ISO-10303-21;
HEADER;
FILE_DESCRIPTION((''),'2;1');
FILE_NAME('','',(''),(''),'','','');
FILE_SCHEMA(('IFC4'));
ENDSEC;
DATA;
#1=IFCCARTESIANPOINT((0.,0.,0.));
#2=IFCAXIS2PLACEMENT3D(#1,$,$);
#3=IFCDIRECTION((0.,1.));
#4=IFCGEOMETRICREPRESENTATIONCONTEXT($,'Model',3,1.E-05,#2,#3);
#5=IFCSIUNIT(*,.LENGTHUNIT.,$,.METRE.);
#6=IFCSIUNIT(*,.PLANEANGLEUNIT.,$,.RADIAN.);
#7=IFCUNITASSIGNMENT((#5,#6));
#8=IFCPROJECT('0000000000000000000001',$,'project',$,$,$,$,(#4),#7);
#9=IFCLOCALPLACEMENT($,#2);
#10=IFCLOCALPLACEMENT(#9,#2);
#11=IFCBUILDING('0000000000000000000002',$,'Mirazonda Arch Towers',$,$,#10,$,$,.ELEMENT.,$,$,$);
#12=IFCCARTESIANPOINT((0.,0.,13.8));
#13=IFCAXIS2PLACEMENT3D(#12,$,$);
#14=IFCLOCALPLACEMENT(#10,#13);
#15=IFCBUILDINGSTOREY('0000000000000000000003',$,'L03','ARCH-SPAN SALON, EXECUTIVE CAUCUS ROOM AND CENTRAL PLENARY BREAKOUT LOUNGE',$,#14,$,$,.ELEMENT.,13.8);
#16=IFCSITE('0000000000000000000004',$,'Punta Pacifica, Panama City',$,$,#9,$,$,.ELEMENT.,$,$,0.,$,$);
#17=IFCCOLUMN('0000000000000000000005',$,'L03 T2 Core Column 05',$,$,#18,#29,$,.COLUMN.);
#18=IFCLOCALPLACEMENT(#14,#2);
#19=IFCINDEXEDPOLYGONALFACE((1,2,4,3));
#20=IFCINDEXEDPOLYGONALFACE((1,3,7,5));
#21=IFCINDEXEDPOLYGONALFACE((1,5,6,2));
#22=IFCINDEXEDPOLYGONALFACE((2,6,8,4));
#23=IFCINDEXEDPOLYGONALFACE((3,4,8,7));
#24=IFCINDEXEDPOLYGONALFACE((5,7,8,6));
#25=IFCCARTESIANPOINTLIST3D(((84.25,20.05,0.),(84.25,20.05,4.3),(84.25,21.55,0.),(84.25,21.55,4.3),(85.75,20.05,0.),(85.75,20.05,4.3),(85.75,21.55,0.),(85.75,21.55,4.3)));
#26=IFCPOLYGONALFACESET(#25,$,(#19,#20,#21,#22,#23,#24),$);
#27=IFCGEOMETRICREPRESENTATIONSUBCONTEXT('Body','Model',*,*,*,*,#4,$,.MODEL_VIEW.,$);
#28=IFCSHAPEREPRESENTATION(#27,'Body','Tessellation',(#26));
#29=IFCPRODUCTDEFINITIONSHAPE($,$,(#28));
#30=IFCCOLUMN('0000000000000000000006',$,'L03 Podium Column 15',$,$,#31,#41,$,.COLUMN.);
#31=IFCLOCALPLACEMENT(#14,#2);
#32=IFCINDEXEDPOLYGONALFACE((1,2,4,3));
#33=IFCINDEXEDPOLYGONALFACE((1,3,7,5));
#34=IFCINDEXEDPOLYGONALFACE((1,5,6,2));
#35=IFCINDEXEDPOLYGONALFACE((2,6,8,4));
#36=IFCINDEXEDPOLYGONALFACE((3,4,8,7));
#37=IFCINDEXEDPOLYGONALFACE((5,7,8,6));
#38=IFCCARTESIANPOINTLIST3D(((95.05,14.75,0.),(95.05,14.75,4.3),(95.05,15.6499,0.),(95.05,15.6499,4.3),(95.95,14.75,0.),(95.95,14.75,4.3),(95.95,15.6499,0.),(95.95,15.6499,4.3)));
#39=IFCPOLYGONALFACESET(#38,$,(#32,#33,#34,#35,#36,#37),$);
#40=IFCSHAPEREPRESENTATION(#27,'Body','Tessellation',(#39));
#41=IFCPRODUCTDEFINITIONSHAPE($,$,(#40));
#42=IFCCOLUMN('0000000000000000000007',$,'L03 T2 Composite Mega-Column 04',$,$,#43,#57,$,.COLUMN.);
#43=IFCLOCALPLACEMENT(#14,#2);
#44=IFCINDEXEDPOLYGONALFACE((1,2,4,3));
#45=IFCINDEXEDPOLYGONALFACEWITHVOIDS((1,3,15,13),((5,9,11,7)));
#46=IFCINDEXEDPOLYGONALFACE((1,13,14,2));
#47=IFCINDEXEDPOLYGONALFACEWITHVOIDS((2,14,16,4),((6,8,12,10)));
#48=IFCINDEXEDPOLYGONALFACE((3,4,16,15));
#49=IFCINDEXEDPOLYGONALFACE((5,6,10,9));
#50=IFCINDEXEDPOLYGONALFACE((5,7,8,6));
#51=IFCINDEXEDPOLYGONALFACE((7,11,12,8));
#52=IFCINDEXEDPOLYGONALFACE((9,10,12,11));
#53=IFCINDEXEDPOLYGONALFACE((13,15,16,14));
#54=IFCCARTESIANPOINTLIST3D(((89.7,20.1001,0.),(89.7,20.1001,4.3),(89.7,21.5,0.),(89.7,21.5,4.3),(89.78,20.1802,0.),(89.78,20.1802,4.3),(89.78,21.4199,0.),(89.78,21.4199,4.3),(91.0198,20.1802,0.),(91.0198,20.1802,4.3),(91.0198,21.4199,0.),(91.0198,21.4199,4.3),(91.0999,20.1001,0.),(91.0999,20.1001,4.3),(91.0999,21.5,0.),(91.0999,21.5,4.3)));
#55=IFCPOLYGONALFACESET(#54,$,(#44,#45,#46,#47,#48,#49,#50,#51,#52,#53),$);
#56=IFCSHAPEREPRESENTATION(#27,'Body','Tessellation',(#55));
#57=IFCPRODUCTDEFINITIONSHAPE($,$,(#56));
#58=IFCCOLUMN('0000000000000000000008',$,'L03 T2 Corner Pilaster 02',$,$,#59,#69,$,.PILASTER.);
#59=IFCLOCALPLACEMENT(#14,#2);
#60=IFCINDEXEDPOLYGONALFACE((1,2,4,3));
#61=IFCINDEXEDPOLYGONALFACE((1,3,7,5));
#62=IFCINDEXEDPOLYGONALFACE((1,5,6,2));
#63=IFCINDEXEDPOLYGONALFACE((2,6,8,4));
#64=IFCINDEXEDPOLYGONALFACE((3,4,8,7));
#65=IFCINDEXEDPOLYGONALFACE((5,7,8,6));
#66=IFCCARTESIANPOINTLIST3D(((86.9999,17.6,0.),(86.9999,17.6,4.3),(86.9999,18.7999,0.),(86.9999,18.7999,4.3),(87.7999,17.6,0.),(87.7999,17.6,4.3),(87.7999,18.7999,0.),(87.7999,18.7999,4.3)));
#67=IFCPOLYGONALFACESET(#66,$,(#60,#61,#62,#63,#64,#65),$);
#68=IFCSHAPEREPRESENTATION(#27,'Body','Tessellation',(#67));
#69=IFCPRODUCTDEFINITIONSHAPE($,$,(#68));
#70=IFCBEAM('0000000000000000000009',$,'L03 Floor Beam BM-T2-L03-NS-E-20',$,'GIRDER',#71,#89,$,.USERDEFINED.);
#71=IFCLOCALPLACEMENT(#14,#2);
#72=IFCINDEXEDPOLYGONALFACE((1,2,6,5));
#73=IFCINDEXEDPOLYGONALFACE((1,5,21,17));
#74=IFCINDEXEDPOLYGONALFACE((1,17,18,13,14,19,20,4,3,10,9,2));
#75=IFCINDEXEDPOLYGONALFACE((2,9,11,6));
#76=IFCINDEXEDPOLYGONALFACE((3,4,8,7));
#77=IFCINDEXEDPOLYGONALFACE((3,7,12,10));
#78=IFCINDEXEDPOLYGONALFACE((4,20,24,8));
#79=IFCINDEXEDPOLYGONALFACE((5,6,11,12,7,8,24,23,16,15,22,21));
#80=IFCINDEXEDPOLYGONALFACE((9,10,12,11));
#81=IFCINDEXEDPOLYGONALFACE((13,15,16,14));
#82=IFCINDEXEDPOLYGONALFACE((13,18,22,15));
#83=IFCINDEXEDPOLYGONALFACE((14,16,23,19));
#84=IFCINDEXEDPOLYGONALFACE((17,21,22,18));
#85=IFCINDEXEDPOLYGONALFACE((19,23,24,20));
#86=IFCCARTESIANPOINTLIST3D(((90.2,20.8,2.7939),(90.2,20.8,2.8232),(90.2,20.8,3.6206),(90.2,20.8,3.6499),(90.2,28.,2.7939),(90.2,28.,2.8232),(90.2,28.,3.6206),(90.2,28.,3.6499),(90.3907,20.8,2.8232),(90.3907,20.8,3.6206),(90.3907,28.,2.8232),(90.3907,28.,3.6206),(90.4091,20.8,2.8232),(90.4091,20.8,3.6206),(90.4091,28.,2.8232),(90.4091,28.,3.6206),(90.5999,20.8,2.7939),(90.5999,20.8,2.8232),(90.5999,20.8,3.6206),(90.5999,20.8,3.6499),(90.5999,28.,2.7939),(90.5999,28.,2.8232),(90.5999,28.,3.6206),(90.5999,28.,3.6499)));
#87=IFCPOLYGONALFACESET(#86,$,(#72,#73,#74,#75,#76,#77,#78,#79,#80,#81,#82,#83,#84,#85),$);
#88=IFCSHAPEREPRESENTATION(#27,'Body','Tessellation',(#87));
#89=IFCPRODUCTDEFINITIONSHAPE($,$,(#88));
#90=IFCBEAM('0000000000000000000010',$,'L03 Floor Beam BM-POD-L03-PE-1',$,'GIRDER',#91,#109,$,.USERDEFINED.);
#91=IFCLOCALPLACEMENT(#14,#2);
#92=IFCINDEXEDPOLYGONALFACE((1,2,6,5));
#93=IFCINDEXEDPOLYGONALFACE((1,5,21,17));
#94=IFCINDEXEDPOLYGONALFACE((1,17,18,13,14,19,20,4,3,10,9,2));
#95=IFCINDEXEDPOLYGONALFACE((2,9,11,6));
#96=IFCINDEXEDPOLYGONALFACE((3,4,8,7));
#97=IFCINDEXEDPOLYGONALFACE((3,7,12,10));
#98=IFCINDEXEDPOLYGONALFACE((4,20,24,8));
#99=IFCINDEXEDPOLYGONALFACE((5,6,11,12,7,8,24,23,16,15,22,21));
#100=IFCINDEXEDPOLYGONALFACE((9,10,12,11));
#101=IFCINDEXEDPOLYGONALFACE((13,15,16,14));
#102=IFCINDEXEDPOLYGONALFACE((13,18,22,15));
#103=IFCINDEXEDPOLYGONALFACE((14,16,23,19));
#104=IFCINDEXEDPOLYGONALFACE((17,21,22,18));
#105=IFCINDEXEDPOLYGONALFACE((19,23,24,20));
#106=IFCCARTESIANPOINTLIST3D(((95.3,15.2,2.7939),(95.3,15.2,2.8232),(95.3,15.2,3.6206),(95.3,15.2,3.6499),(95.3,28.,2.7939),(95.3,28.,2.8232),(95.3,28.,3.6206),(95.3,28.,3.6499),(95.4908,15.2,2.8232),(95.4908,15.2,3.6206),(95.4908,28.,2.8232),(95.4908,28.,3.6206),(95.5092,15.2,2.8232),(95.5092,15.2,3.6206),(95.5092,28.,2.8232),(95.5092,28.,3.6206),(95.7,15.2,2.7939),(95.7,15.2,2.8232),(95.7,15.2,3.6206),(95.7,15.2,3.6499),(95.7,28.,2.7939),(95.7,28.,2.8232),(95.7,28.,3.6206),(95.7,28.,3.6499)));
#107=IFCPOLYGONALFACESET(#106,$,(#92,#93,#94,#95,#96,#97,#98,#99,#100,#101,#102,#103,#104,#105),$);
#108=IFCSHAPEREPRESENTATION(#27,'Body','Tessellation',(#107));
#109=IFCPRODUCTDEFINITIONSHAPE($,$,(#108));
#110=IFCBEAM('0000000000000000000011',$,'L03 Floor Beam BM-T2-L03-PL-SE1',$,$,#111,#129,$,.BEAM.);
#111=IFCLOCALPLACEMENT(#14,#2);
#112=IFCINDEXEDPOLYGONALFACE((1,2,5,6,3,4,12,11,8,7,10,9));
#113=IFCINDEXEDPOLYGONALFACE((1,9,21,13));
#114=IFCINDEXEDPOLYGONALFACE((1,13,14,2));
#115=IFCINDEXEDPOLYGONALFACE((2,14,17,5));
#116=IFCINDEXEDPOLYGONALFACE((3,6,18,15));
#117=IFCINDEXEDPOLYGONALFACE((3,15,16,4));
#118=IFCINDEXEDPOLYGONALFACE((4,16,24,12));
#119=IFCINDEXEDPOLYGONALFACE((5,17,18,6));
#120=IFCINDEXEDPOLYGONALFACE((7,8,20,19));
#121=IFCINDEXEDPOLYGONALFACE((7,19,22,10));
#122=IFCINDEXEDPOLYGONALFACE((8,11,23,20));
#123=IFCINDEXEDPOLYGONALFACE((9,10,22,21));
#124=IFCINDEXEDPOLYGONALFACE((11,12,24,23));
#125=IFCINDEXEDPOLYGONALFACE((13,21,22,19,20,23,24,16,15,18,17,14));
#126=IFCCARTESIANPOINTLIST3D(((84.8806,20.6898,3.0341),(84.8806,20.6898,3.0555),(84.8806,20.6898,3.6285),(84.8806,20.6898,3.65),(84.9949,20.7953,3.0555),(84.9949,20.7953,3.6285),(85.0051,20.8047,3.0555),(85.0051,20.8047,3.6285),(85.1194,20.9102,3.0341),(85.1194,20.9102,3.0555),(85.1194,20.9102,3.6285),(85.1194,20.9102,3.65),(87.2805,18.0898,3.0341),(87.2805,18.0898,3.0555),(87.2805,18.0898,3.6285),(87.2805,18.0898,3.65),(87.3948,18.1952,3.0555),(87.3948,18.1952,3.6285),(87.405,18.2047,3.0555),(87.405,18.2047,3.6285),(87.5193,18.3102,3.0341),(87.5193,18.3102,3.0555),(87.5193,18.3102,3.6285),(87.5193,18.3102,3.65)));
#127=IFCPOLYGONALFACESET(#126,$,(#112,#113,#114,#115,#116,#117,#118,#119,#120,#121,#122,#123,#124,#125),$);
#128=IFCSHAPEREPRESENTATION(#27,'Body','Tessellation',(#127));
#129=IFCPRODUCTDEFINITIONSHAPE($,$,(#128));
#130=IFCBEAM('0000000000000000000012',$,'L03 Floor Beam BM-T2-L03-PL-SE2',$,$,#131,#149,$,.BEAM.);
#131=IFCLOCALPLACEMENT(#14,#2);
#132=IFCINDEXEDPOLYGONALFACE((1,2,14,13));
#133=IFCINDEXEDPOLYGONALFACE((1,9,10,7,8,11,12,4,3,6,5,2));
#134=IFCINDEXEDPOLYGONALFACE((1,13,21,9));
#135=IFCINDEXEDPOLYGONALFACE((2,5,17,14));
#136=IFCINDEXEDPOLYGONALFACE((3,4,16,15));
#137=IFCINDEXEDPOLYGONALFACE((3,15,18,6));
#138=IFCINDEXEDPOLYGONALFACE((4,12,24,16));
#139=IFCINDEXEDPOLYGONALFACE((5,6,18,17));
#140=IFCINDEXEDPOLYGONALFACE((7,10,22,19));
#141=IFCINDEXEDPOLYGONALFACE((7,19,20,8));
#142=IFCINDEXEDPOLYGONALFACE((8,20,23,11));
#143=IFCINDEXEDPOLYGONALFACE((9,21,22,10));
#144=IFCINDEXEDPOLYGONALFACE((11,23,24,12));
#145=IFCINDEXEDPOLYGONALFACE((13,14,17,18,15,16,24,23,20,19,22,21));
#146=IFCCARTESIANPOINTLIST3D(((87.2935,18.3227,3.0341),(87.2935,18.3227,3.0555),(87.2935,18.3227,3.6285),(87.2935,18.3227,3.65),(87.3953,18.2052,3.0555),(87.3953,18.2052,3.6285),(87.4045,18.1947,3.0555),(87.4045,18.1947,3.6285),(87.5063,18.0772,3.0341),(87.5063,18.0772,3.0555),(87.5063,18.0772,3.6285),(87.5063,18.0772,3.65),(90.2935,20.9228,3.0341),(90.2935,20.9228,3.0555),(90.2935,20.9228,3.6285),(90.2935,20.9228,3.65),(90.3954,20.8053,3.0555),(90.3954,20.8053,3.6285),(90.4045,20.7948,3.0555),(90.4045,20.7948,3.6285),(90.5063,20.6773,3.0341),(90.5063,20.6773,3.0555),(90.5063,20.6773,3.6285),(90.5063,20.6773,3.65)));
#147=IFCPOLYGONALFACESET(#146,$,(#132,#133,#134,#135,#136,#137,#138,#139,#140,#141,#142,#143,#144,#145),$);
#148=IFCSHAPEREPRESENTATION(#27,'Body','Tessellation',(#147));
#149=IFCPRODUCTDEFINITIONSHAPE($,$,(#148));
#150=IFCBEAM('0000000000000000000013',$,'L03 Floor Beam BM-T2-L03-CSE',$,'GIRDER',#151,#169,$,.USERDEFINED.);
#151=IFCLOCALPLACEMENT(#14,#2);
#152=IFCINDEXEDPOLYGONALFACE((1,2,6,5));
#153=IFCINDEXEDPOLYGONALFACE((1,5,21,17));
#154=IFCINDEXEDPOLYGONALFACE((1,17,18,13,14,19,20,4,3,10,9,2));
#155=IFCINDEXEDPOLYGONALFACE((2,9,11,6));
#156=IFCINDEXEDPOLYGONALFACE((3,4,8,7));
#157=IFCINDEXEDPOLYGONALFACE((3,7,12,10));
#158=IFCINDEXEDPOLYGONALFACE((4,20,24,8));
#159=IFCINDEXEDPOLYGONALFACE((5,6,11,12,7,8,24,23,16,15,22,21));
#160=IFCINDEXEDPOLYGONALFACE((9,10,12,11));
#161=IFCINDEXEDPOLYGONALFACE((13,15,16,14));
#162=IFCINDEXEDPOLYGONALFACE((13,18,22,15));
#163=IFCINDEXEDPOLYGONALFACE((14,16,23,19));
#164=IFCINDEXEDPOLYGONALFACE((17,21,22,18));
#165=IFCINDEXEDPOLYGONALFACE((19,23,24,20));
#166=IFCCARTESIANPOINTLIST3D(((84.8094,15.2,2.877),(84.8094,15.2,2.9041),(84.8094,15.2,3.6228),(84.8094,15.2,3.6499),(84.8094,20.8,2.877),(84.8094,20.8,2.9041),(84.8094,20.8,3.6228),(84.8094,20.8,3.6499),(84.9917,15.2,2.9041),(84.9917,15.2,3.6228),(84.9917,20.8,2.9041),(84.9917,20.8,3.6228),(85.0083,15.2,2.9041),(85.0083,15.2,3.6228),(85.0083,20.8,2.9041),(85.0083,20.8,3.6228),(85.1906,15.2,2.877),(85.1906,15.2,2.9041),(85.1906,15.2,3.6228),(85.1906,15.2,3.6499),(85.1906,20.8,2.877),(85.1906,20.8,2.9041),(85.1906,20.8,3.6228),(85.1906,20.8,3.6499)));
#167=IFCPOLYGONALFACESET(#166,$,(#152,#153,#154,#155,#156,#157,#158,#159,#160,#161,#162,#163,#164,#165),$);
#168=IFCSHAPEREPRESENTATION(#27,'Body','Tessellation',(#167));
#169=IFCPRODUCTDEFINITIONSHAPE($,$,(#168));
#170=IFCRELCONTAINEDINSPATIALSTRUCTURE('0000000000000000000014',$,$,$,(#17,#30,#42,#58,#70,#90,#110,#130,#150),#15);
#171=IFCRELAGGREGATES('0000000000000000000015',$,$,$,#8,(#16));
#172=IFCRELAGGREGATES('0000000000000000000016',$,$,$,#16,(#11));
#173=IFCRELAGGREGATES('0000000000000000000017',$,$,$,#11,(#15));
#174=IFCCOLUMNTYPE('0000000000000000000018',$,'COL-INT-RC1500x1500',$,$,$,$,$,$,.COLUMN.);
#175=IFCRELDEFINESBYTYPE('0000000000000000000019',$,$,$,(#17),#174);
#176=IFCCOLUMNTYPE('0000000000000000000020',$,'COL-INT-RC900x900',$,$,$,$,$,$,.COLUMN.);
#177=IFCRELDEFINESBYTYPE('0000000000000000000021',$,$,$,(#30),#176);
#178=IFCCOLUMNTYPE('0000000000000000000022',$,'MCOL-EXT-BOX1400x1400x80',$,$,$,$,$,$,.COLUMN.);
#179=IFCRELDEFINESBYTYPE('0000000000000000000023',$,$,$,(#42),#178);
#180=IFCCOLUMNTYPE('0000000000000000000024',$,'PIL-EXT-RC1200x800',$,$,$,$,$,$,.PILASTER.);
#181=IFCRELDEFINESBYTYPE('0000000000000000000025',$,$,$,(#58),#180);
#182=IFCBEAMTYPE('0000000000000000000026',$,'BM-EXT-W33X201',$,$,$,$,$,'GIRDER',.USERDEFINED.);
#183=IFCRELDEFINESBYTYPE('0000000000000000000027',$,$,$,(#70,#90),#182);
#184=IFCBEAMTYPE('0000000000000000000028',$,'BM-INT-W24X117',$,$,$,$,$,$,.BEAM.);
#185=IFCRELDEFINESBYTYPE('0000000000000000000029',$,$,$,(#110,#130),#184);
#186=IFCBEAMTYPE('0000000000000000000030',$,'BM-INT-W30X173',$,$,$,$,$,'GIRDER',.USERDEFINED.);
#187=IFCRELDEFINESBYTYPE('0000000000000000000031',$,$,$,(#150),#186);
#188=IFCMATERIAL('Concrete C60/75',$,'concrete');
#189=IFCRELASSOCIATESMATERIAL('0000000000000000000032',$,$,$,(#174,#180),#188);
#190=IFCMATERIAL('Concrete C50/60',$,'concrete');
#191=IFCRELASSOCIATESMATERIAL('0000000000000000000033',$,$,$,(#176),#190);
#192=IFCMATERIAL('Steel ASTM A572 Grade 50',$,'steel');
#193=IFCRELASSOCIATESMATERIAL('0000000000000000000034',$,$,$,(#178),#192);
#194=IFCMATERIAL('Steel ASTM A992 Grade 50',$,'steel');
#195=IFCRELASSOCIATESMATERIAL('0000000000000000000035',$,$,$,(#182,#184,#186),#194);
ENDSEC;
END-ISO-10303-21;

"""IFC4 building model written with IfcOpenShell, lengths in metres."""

from ifc_helpers import new_model, si_unit, direction, frame, origin, origin_2d, place, context, subcontext, project, spatial, rectangle, hollow_rectangle, i_section, extrude, material, material_profile, profile_set, type_object, element, save


model = new_model("IFC4")

# Units and contexts
model_context = context("Model", 3, precision=1e-05, world=origin(), true_north=direction((0.0, 1.0)))
body_context = subcontext(model_context, "Body", "Model", "MODEL_VIEW")
ifc_project = project(units=[si_unit("LENGTHUNIT", "METRE"), si_unit("PLANEANGLEUNIT", "RADIAN")], contexts=[model_context])

# Site, building, storey
site_placement = place(None, origin())
site = spatial("IfcSite", under=ifc_project, at=site_placement, Name="Punta Pacifica, Panama City", CompositionType="ELEMENT", RefElevation=0.0)
building_placement = place(site_placement, origin())
building = spatial("IfcBuilding", under=site, at=building_placement, Name="Mirazonda Arch Towers", CompositionType="ELEMENT")
storey_placement = place(building_placement, frame((0.0, 0.0, 13.8)))
storey = spatial("IfcBuildingStorey", under=building, at=storey_placement, Name="L03", Description="ARCH-SPAN SALON, EXECUTIVE CAUCUS ROOM AND CENTRAL PLENARY BREAKOUT LOUNGE", CompositionType="ELEMENT", Elevation=13.8)

# Columns
ifc_material_1 = material(Name="Concrete C60/75", Category="concrete")
ifc_material_profile_1 = material_profile(ifc_material_1, rectangle(XDim=1.5, YDim=1.5, at=origin_2d()), Name="RC1500x1500")
ifc_profile_set_1 = profile_set([ifc_material_profile_1], Name="Concrete C60/75")
column_type_1 = type_object("IfcColumnType", Name="COL-INT-RC1500x1500", PredefinedType="COLUMN", material=ifc_profile_set_1)
column_1_placement = place(storey_placement, frame((85.0, 20.8, 0.0), z_axis=(0.0, 0.0, 1.0), x_axis=(1.0, 0.0, 0.0)))
element("IfcColumn", 1, at=column_1_placement, inside=storey, type_object=column_type_1, Name="L03 T2 Core Column 05", PredefinedType="COLUMN", context=body_context, shape_type="SweptSolid", body=[
    extrude(rectangle(XDim=1.5, YDim=1.5, at=origin_2d()), origin(), (0.0, 0.0, 1.0), 4.3),
])
ifc_material_2 = material(Name="Concrete C50/60", Category="concrete")
ifc_material_profile_2 = material_profile(ifc_material_2, rectangle(XDim=0.8999, YDim=0.8999, at=origin_2d()), Name="RC900x900")
ifc_profile_set_2 = profile_set([ifc_material_profile_2], Name="Concrete C50/60")
column_type_2 = type_object("IfcColumnType", Name="COL-INT-RC900x900", PredefinedType="COLUMN", material=ifc_profile_set_2)
column_2_placement = place(storey_placement, frame((95.5, 15.2, 0.0), z_axis=(0.0, 0.0, 1.0), x_axis=(1.0, 0.0, 0.0)))
element("IfcColumn", 2, at=column_2_placement, inside=storey, type_object=column_type_2, Name="L03 Podium Column 15", PredefinedType="COLUMN", context=body_context, shape_type="SweptSolid", body=[
    extrude(rectangle(XDim=0.8999, YDim=0.8999, at=origin_2d()), origin(), (0.0, 0.0, 1.0), 4.3),
])
ifc_material_3 = material(Name="Steel ASTM A572 Grade 50", Category="steel")
ifc_material_profile_3 = material_profile(ifc_material_3, hollow_rectangle(XDim=1.3999, YDim=1.3999, WallThickness=0.0801, at=origin_2d()), Name="BOX1400x1400x80")
ifc_profile_set_3 = profile_set([ifc_material_profile_3], Name="Steel ASTM A572 Grade 50")
column_type_3 = type_object("IfcColumnType", Name="MCOL-EXT-BOX1400x1400x80", PredefinedType="COLUMN", material=ifc_profile_set_3)
column_3_placement = place(storey_placement, frame((90.3999, 20.8, 0.0), z_axis=(0.0, 0.0, 1.0), x_axis=(1.0, 0.0, 0.0)))
element("IfcColumn", 3, at=column_3_placement, inside=storey, type_object=column_type_3, Name="L03 T2 Composite Mega-Column 04", PredefinedType="COLUMN", context=body_context, shape_type="SweptSolid", body=[
    extrude(hollow_rectangle(XDim=1.3999, YDim=1.3999, WallThickness=0.0801, at=origin_2d()), origin(), (0.0, 0.0, 1.0), 4.3),
])
ifc_material_profile_4 = material_profile(ifc_material_1, rectangle(XDim=0.8, YDim=1.2, at=origin_2d()), Name="RC1200x800")
ifc_profile_set_4 = profile_set([ifc_material_profile_4], Name="Concrete C60/75")
column_type_4 = type_object("IfcColumnType", Name="PIL-EXT-RC1200x800", PredefinedType="PILASTER", material=ifc_profile_set_4)
column_4_placement = place(storey_placement, frame((87.3999, 18.2, 0.0), z_axis=(0.0, 0.0, 1.0), x_axis=(1.0, 0.0, 0.0)))
element("IfcColumn", 4, at=column_4_placement, inside=storey, type_object=column_type_4, Name="L03 T2 Corner Pilaster 02", PredefinedType="PILASTER", context=body_context, shape_type="SweptSolid", body=[
    extrude(rectangle(XDim=0.8, YDim=1.2, at=origin_2d()), origin(), (0.0, 0.0, 1.0), 4.3),
])

# Beams
ifc_material_4 = material(Name="Steel ASTM A992 Grade 50", Category="steel")
ifc_material_profile_5 = material_profile(ifc_material_4, i_section(OverallWidth=0.3999, OverallDepth=0.856, WebThickness=0.0183, FlangeThickness=0.0293, at=origin_2d()), Name="W33X201")
ifc_profile_set_5 = profile_set([ifc_material_profile_5], Name="Steel ASTM A992 Grade 50")
beam_type_1 = type_object("IfcBeamType", Name="BM-EXT-W33X201", ElementType="GIRDER", PredefinedType="USERDEFINED", material=ifc_profile_set_5)
beam_1_placement = place(storey_placement, frame((90.3999, 20.8, 3.2219), z_axis=(0.0, 1.0, 0.0), x_axis=(-1.0, 0.0, 0.0)))
element("IfcBeam", 5, at=beam_1_placement, inside=storey, type_object=beam_type_1, Name="L03 Floor Beam BM-T2-L03-NS-E-20", ObjectType="GIRDER", PredefinedType="USERDEFINED", context=body_context, shape_type="SweptSolid", body=[
    extrude(i_section(OverallWidth=0.3999, OverallDepth=0.856, WebThickness=0.0183, FlangeThickness=0.0293, at=origin_2d()), origin(), (0.0, 0.0, 1.0), 7.2),
])
beam_2_placement = place(storey_placement, frame((95.5, 15.2, 3.2219), z_axis=(0.0, 1.0, 0.0), x_axis=(-1.0, 0.0, 0.0)))
element("IfcBeam", 6, at=beam_2_placement, inside=storey, type_object=beam_type_1, Name="L03 Floor Beam BM-POD-L03-PE-1", ObjectType="GIRDER", PredefinedType="USERDEFINED", context=body_context, shape_type="SweptSolid", body=[
    extrude(i_section(OverallWidth=0.3999, OverallDepth=0.856, WebThickness=0.0183, FlangeThickness=0.0293, at=origin_2d()), origin(), (0.0, 0.0, 1.0), 12.8),
])
ifc_material_profile_6 = material_profile(ifc_material_4, i_section(OverallWidth=0.325, OverallDepth=0.616, WebThickness=0.0139, FlangeThickness=0.0215, at=origin_2d()), Name="W24X117")
ifc_profile_set_6 = profile_set([ifc_material_profile_6], Name="Steel ASTM A992 Grade 50")
beam_type_2 = type_object("IfcBeamType", Name="BM-INT-W24X117", PredefinedType="BEAM", material=ifc_profile_set_6)
beam_3_placement = place(storey_placement, frame((87.3999, 18.2, 3.342), z_axis=(-0.678251, 0.73483, 0.0), x_axis=(-0.73483, -0.678251, 0.0)))
element("IfcBeam", 7, at=beam_3_placement, inside=storey, type_object=beam_type_2, Name="L03 Floor Beam BM-T2-L03-PL-SE1", PredefinedType="BEAM", context=body_context, shape_type="SweptSolid", body=[
    extrude(i_section(OverallWidth=0.325, OverallDepth=0.616, WebThickness=0.0139, FlangeThickness=0.0215, at=origin_2d()), origin(), (0.0, 0.0, 1.0), 3.5383),
])
beam_4_placement = place(storey_placement, frame((87.3999, 18.2, 3.342), z_axis=(0.755677, 0.654945, 0.0), x_axis=(-0.654945, 0.755677, 0.0)))
element("IfcBeam", 8, at=beam_4_placement, inside=storey, type_object=beam_type_2, Name="L03 Floor Beam BM-T2-L03-PL-SE2", PredefinedType="BEAM", context=body_context, shape_type="SweptSolid", body=[
    extrude(i_section(OverallWidth=0.325, OverallDepth=0.616, WebThickness=0.0139, FlangeThickness=0.0215, at=origin_2d()), origin(), (0.0, 0.0, 1.0), 3.97),
])
ifc_material_profile_7 = material_profile(ifc_material_4, i_section(OverallWidth=0.3811, OverallDepth=0.7729, WebThickness=0.0166, FlangeThickness=0.0271, at=origin_2d()), Name="W30X173")
ifc_profile_set_7 = profile_set([ifc_material_profile_7], Name="Steel ASTM A992 Grade 50")
beam_type_3 = type_object("IfcBeamType", Name="BM-INT-W30X173", ElementType="GIRDER", PredefinedType="USERDEFINED", material=ifc_profile_set_7)
beam_5_placement = place(storey_placement, frame((85.0, 15.2, 3.2634), z_axis=(0.0, 1.0, 0.0), x_axis=(-1.0, 0.0, 0.0)))
element("IfcBeam", 9, at=beam_5_placement, inside=storey, type_object=beam_type_3, Name="L03 Floor Beam BM-T2-L03-CSE", ObjectType="GIRDER", PredefinedType="USERDEFINED", context=body_context, shape_type="SweptSolid", body=[
    extrude(i_section(OverallWidth=0.3811, OverallDepth=0.7729, WebThickness=0.0166, FlangeThickness=0.0271, at=origin_2d()), origin(), (0.0, 0.0, 1.0), 5.6001),
])

save(model, "model.ifc")
